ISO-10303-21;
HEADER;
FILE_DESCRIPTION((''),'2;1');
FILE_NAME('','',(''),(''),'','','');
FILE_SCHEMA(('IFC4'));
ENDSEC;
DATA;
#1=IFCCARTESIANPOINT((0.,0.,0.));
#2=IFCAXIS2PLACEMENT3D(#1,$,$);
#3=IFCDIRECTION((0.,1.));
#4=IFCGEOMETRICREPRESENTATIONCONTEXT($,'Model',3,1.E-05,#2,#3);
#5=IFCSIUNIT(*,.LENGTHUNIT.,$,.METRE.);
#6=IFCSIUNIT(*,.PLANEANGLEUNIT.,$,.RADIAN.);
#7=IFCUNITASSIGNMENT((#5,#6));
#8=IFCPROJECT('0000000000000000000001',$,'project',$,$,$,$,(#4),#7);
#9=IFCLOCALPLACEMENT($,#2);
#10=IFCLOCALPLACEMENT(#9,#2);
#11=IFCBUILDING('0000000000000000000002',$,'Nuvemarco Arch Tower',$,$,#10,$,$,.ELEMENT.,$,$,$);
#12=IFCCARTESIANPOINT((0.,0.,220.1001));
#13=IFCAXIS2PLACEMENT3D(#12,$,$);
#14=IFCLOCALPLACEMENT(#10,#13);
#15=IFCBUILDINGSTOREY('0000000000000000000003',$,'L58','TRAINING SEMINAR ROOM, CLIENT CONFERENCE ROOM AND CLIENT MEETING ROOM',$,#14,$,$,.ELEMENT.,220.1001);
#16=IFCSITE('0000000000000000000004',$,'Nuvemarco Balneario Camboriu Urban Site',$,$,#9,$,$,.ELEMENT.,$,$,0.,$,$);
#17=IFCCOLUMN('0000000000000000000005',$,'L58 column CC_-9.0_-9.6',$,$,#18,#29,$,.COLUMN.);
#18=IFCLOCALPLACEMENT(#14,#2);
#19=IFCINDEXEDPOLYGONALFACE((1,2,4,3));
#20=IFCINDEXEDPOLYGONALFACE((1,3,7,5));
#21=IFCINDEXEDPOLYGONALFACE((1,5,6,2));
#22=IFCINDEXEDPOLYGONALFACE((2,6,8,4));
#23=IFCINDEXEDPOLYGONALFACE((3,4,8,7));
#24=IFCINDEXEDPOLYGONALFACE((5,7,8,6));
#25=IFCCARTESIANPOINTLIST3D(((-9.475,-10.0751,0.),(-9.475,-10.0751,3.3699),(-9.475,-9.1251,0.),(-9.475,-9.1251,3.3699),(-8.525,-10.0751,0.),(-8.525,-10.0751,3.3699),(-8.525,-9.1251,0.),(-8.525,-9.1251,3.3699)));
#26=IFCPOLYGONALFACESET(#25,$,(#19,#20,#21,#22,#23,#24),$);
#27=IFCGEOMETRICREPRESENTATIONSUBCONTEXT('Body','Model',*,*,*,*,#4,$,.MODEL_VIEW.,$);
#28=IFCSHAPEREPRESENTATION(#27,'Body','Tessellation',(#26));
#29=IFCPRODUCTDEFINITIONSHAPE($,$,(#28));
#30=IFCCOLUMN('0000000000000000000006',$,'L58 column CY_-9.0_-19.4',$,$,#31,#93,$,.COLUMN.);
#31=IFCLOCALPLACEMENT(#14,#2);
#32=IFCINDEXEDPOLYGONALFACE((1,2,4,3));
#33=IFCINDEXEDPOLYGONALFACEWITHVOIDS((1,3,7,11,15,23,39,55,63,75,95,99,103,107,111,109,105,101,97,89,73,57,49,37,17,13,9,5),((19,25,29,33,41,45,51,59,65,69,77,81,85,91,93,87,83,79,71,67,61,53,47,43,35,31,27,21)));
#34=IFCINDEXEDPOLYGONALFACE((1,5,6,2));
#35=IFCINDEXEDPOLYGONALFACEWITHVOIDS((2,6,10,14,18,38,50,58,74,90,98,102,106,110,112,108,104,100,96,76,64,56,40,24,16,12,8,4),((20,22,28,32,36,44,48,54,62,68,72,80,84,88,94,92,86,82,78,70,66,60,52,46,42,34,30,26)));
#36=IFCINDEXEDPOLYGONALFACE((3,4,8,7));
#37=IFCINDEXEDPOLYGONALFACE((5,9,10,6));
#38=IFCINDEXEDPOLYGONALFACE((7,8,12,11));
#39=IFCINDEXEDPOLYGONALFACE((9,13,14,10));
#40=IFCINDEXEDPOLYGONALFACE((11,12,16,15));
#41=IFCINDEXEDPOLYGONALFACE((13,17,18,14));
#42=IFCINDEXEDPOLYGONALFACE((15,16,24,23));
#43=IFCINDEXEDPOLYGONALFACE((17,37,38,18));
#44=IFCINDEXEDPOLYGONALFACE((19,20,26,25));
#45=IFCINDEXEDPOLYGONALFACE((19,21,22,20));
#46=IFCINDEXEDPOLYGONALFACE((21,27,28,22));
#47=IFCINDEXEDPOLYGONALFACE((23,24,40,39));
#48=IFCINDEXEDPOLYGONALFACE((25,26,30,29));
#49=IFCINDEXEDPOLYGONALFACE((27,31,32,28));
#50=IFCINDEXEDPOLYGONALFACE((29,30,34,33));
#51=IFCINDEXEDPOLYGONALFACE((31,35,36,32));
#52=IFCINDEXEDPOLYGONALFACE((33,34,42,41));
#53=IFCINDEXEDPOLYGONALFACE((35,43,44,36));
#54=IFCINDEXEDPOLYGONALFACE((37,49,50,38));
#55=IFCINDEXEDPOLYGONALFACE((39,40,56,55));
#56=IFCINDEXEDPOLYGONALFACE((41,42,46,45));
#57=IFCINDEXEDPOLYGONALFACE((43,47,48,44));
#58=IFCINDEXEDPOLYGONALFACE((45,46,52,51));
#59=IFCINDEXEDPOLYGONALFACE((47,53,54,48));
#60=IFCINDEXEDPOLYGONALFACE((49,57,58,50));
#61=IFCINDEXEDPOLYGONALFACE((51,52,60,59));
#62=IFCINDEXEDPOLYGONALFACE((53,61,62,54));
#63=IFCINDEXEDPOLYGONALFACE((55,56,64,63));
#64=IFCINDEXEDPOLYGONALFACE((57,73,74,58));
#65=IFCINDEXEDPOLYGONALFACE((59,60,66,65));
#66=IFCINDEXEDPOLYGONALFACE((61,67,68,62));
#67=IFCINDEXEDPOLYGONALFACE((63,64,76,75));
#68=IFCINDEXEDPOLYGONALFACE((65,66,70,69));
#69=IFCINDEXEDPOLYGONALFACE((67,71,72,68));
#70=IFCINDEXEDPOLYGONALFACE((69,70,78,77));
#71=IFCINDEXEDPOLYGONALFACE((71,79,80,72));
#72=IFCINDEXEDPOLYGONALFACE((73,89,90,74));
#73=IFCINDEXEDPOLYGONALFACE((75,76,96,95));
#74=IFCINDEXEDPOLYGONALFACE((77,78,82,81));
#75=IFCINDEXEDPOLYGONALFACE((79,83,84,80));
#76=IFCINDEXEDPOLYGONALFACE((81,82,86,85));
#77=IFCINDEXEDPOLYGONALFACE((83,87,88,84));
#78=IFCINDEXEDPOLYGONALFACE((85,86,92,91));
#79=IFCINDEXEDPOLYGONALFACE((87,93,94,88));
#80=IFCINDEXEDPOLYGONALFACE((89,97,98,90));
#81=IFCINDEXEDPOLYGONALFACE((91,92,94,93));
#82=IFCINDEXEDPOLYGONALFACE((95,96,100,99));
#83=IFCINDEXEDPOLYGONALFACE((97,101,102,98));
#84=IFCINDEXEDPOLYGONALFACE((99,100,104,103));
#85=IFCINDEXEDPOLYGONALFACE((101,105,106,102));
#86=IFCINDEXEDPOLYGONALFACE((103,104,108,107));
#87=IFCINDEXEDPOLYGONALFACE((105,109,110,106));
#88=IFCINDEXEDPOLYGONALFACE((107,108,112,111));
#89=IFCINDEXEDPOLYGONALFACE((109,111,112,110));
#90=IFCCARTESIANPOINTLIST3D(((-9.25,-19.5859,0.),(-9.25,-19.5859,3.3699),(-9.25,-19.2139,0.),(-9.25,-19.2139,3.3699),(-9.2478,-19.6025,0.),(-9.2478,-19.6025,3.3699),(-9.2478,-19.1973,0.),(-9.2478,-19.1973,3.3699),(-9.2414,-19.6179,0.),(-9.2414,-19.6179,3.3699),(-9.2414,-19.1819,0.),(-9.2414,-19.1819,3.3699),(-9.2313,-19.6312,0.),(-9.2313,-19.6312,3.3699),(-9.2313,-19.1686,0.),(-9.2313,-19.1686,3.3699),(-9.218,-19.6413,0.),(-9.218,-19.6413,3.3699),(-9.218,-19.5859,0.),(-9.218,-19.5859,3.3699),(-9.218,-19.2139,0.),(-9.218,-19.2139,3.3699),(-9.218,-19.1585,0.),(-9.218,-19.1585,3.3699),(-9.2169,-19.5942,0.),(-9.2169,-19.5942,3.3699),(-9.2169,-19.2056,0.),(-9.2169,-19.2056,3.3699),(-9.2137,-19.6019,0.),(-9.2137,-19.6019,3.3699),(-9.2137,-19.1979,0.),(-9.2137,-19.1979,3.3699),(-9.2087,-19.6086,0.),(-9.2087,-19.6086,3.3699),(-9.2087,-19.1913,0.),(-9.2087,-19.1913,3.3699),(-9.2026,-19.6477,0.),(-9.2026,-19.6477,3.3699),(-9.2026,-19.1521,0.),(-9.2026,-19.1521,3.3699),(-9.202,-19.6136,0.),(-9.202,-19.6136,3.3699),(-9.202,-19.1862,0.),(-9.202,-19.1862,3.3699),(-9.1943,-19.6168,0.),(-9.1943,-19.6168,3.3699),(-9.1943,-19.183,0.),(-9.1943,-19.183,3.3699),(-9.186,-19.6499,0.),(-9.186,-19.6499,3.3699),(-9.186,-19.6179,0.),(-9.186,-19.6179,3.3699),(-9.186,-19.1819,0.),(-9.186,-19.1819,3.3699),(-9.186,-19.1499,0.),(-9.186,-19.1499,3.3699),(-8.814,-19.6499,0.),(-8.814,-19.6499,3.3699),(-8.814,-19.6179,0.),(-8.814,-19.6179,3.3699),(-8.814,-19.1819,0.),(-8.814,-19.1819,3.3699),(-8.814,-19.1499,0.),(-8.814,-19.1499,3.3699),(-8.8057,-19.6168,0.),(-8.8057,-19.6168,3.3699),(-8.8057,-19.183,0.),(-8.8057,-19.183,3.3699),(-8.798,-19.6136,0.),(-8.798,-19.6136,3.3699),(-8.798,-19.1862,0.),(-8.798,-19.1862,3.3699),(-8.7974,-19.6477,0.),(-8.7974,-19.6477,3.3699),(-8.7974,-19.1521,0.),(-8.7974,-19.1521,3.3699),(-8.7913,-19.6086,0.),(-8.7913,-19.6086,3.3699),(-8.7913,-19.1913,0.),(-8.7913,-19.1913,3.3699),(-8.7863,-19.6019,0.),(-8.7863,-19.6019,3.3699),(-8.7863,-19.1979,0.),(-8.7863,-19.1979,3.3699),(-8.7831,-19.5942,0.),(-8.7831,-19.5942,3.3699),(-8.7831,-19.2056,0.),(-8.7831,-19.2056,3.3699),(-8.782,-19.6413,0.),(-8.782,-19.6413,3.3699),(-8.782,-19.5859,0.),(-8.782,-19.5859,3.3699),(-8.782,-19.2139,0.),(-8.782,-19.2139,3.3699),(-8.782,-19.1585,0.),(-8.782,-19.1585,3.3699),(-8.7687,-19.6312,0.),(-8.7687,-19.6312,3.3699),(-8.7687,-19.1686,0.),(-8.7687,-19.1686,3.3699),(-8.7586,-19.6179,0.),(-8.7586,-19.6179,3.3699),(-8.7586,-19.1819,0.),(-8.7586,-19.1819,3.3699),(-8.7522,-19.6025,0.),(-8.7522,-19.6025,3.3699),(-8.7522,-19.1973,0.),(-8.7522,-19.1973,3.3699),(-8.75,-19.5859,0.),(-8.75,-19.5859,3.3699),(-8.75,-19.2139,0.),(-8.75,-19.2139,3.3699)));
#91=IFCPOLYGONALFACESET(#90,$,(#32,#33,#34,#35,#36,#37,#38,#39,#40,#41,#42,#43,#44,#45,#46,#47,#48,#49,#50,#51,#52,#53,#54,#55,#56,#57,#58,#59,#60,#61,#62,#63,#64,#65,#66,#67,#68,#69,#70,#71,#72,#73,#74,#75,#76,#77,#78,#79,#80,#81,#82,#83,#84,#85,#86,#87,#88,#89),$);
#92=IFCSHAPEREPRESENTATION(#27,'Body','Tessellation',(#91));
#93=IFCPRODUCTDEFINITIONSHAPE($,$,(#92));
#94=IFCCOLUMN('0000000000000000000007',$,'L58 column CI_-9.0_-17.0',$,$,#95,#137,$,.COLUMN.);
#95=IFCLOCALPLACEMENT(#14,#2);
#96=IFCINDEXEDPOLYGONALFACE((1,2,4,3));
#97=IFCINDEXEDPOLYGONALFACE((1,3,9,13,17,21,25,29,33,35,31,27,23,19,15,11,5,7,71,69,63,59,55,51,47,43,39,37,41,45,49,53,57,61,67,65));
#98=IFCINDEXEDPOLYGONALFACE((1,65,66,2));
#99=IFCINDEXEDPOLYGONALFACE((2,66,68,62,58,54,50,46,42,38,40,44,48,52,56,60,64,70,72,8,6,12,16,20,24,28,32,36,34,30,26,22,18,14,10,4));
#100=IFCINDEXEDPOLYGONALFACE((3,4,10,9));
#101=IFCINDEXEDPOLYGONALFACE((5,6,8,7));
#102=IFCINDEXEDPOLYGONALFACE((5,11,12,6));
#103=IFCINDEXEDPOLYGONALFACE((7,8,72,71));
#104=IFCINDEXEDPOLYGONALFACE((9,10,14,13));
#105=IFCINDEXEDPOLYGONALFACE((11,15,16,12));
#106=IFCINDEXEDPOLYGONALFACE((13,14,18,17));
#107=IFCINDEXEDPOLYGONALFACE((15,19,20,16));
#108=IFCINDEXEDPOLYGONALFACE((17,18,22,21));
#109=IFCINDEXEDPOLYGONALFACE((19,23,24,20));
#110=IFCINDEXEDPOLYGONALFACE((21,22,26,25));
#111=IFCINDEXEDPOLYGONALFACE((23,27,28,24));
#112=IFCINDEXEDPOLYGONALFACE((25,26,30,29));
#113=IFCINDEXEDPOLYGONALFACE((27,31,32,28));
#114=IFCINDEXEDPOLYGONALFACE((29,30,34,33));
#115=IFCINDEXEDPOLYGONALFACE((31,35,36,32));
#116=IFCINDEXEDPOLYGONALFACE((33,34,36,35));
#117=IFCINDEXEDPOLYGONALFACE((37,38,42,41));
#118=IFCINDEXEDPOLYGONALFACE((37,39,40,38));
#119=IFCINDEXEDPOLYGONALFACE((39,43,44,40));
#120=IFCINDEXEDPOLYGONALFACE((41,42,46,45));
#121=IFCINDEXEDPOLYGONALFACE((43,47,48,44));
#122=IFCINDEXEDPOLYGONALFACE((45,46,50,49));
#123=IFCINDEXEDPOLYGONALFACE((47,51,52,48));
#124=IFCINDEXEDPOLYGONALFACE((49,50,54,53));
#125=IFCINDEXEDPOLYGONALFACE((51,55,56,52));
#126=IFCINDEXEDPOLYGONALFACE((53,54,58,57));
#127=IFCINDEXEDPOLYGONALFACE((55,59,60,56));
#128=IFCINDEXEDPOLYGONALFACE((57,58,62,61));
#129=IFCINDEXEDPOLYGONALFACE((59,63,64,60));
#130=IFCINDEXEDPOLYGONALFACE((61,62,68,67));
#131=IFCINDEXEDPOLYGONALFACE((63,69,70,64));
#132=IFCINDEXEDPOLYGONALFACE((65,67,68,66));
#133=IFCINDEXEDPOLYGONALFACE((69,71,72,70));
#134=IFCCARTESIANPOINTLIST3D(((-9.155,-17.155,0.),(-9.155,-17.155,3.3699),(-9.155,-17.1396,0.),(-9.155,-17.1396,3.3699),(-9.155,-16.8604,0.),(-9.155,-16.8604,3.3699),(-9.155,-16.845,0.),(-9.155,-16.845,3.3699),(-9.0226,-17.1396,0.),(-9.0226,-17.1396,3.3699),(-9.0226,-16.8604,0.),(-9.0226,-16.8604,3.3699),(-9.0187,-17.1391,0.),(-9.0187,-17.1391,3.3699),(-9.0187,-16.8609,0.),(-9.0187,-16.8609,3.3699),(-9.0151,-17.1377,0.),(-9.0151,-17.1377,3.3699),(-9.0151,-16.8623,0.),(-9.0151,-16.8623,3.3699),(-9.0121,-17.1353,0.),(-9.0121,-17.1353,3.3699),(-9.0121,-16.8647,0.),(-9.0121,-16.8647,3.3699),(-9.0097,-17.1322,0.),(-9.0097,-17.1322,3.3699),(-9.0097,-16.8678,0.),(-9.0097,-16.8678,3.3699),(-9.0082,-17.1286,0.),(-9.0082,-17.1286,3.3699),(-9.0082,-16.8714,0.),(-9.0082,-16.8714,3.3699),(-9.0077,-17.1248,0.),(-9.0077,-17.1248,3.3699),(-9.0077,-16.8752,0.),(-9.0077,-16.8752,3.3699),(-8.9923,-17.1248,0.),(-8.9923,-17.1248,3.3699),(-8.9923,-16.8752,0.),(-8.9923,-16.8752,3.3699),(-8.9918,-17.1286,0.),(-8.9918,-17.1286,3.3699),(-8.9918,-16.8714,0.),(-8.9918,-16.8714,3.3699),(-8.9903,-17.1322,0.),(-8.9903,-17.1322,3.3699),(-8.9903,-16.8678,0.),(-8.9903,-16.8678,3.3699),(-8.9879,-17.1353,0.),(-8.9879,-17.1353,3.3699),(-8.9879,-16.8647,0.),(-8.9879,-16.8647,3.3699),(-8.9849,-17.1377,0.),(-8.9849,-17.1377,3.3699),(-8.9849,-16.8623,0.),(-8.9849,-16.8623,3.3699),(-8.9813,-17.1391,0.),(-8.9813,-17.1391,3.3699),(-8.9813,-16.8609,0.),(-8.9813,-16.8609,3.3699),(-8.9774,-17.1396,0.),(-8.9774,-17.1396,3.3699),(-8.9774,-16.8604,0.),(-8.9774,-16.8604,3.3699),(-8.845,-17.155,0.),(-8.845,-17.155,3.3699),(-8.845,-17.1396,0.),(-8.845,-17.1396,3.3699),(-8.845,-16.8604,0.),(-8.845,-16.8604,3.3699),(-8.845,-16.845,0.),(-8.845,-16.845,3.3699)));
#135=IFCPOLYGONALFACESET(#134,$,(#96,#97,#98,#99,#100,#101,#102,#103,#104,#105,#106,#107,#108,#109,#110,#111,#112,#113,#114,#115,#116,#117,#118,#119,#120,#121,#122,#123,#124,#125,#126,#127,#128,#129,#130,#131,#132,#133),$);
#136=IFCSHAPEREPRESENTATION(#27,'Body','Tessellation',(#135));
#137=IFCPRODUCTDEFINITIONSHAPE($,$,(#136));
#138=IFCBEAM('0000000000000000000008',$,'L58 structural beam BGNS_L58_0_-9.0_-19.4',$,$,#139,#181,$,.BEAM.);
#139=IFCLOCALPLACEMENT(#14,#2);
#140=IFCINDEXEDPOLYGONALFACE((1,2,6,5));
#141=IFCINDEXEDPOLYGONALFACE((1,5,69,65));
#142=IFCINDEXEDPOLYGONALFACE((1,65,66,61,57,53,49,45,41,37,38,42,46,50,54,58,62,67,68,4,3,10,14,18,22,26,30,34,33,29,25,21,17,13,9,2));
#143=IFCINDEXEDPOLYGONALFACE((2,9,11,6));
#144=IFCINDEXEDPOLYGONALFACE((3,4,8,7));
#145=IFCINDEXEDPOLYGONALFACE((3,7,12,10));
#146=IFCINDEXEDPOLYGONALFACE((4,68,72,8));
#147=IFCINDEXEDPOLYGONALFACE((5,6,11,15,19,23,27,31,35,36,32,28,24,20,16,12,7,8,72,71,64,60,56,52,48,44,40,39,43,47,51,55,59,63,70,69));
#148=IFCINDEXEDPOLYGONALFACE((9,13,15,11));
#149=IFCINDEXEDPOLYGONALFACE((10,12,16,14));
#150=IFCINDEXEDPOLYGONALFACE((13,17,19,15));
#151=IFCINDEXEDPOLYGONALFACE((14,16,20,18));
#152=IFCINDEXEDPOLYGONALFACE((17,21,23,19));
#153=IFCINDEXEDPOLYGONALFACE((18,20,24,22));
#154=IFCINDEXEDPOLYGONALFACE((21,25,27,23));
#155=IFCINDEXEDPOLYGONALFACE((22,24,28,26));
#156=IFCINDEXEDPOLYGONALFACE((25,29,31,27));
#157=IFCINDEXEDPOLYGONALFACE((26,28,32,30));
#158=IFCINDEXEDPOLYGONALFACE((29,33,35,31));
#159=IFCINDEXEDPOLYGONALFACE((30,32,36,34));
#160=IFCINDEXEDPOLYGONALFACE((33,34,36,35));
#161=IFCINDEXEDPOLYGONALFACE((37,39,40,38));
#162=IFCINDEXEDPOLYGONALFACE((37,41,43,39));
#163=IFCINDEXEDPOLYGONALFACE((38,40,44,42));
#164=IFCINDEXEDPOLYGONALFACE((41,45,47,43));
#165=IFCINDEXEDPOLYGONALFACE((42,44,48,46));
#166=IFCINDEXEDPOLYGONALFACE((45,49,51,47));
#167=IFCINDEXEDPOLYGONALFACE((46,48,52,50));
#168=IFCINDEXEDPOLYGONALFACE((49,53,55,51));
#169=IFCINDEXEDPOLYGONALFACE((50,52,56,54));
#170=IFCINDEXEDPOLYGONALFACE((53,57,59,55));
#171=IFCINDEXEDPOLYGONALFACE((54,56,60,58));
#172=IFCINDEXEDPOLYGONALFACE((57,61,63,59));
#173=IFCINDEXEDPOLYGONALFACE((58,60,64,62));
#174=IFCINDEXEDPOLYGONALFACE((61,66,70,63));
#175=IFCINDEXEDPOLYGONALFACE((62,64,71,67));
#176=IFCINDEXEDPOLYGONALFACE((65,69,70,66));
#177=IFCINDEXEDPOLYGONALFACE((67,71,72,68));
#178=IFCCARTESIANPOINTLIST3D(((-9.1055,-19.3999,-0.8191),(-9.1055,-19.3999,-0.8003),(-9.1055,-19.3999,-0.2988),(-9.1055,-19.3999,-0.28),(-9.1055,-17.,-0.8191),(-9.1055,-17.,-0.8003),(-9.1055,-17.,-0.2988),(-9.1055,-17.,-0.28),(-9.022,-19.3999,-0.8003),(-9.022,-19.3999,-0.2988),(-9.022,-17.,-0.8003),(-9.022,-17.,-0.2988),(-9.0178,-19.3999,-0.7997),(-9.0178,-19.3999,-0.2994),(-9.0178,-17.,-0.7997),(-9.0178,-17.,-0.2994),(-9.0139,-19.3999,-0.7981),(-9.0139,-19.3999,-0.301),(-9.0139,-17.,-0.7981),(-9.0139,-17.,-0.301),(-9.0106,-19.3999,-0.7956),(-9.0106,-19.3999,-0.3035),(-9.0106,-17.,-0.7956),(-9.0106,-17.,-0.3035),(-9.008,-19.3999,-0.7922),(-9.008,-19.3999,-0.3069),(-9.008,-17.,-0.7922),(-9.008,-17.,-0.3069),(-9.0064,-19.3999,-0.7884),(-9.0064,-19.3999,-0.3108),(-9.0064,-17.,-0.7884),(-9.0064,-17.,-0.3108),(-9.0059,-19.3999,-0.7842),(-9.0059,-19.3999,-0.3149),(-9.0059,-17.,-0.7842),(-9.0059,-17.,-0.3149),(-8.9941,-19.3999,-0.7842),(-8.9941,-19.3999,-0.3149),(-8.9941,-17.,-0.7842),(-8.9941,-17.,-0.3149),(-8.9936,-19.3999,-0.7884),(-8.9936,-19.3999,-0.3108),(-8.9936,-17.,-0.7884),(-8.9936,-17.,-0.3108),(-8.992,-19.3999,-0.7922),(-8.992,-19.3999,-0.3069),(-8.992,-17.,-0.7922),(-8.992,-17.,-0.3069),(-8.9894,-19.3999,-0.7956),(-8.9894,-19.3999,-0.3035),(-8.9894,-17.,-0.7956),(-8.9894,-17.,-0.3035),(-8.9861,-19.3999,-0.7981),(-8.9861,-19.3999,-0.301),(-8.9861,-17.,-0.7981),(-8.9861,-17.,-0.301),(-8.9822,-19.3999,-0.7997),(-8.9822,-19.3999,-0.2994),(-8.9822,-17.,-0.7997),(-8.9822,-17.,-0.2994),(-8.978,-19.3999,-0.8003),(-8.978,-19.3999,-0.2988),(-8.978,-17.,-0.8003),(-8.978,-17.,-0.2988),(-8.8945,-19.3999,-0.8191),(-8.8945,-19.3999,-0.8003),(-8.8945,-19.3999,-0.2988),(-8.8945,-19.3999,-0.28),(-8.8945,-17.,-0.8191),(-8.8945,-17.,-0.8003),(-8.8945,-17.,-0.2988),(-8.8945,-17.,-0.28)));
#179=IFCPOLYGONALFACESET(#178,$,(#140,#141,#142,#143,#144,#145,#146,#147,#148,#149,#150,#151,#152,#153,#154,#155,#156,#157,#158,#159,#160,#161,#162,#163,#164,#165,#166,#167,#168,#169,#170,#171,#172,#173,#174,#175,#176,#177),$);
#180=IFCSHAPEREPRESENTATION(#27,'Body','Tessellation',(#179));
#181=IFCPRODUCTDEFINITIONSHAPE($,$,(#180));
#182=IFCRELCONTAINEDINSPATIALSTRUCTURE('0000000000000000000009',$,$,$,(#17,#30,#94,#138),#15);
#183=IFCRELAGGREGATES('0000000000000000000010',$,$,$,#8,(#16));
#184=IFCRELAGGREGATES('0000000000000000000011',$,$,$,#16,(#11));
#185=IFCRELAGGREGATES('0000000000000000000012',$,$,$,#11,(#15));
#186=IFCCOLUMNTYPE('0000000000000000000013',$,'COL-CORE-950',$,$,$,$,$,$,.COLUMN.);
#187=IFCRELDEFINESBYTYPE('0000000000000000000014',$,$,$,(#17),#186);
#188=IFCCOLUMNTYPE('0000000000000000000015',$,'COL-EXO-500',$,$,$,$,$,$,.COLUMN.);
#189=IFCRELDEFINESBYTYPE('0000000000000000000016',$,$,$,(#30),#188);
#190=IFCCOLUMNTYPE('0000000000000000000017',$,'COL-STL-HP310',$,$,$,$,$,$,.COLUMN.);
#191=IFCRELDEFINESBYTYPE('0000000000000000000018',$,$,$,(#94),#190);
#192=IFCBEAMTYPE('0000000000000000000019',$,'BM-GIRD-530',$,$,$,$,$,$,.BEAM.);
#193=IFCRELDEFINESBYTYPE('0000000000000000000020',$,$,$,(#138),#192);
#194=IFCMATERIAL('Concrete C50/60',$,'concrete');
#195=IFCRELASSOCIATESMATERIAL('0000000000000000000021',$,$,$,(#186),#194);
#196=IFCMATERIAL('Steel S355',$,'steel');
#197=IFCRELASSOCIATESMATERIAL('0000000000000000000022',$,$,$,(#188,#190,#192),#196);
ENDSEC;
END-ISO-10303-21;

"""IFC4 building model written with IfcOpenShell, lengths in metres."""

from ifc_helpers import new_model, si_unit, direction, frame, origin, origin_2d, place, context, subcontext, project, spatial, rectangle, hollow_rectangle, i_section, extrude, material, material_profile, profile_set, type_object, element, save


model = new_model("IFC4")

# Units and contexts
model_context = context("Model", 3, precision=1e-05, world=origin(), true_north=direction((0.0, 1.0)))
body_context = subcontext(model_context, "Body", "Model", "MODEL_VIEW")
ifc_project = project(units=[si_unit("LENGTHUNIT", "METRE"), si_unit("PLANEANGLEUNIT", "RADIAN")], contexts=[model_context])

# Site, building, storey
site_placement = place(None, origin())
site = spatial("IfcSite", under=ifc_project, at=site_placement, Name="Nuvemarco Balneario Camboriu Urban Site", CompositionType="ELEMENT", RefElevation=0.0)
building_placement = place(site_placement, origin())
building = spatial("IfcBuilding", under=site, at=building_placement, Name="Nuvemarco Arch Tower", CompositionType="ELEMENT")
storey_placement = place(building_placement, frame((0.0, 0.0, 220.1001)))
storey = spatial("IfcBuildingStorey", under=building, at=storey_placement, Name="L58", Description="TRAINING SEMINAR ROOM, CLIENT CONFERENCE ROOM AND CLIENT MEETING ROOM", CompositionType="ELEMENT", Elevation=220.1001)

# Columns
ifc_material_1 = material(Name="Concrete C50/60", Category="concrete")
ifc_material_profile_1 = material_profile(ifc_material_1, rectangle(XDim=0.95, YDim=0.95, at=origin_2d()), Name="RC-COL-950x950")
ifc_profile_set_1 = profile_set([ifc_material_profile_1], Name="Concrete C50/60")
column_type_1 = type_object("IfcColumnType", Name="COL-CORE-950", PredefinedType="COLUMN", material=ifc_profile_set_1)
column_1_placement = place(storey_placement, frame((-9.0, -9.6001, 0.0), z_axis=(0.0, 0.0, 1.0), x_axis=(1.0, 0.0, 0.0)))
element("IfcColumn", 1, at=column_1_placement, inside=storey, type_object=column_type_1, Name="L58 column CC_-9.0_-9.6", PredefinedType="COLUMN", context=body_context, shape_type="SweptSolid", body=[
    extrude(rectangle(XDim=0.95, YDim=0.95, at=origin_2d()), origin(), (0.0, 0.0, 1.0), 3.3699),
])
ifc_material_2 = material(Name="Steel S355", Category="steel")
ifc_material_profile_2 = material_profile(ifc_material_2, hollow_rectangle(XDim=0.5, YDim=0.5, WallThickness=0.032, InnerFilletRadius=0.032, OuterFilletRadius=0.064, at=origin_2d()), Name="SHS500x500x32")
ifc_profile_set_2 = profile_set([ifc_material_profile_2], Name="Steel S355")
column_type_2 = type_object("IfcColumnType", Name="COL-EXO-500", PredefinedType="COLUMN", material=ifc_profile_set_2)
column_2_placement = place(storey_placement, frame((-9.0, -19.3999, 0.0), z_axis=(0.0, 0.0, 1.0), x_axis=(1.0, 0.0, 0.0)))
element("IfcColumn", 2, at=column_2_placement, inside=storey, type_object=column_type_2, Name="L58 column CY_-9.0_-19.4", PredefinedType="COLUMN", context=body_context, shape_type="SweptSolid", body=[
    extrude(hollow_rectangle(XDim=0.5, YDim=0.5, WallThickness=0.032, InnerFilletRadius=0.032, OuterFilletRadius=0.064, at=origin_2d()), origin(), (0.0, 0.0, 1.0), 3.3699),
])
ifc_material_profile_3 = material_profile(ifc_material_2, i_section(OverallWidth=0.3101, OverallDepth=0.3101, WebThickness=0.0154, FlangeThickness=0.0154, FilletRadius=0.0149, at=origin_2d()), Name="HP310x110")
ifc_profile_set_3 = profile_set([ifc_material_profile_3], Name="Steel S355")
column_type_3 = type_object("IfcColumnType", Name="COL-STL-HP310", PredefinedType="COLUMN", material=ifc_profile_set_3)
column_3_placement = place(storey_placement, frame((-9.0, -17.0, 0.0), z_axis=(0.0, 0.0, 1.0), x_axis=(1.0, 0.0, 0.0)))
element("IfcColumn", 3, at=column_3_placement, inside=storey, type_object=column_type_3, Name="L58 column CI_-9.0_-17.0", PredefinedType="COLUMN", context=body_context, shape_type="SweptSolid", body=[
    extrude(i_section(OverallWidth=0.3101, OverallDepth=0.3101, WebThickness=0.0154, FlangeThickness=0.0154, FilletRadius=0.0149, at=origin_2d()), origin(), (0.0, 0.0, 1.0), 3.3699),
])

# Beam
ifc_material_profile_4 = material_profile(ifc_material_2, i_section(OverallWidth=0.2109, OverallDepth=0.5391, WebThickness=0.0117, FlangeThickness=0.0188, FilletRadius=0.0161, at=origin_2d()), Name="W530x109")
ifc_profile_set_4 = profile_set([ifc_material_profile_4], Name="Steel S355")
beam_type_1 = type_object("IfcBeamType", Name="BM-GIRD-530", PredefinedType="BEAM", material=ifc_profile_set_4)
beam_1_placement = place(storey_placement, frame((-9.0, -19.3999, -0.5496), z_axis=(0.0, 1.0, 0.0), x_axis=(-1.0, 0.0, 0.0)))
element("IfcBeam", 4, at=beam_1_placement, inside=storey, type_object=beam_type_1, Name="L58 structural beam BGNS_L58_0_-9.0_-19.4", PredefinedType="BEAM", context=body_context, shape_type="SweptSolid", body=[
    extrude(i_section(OverallWidth=0.2109, OverallDepth=0.5391, WebThickness=0.0117, FlangeThickness=0.0188, FilletRadius=0.0161, at=origin_2d()), origin(), (0.0, 0.0, 1.0), 2.3999),
])

save(model, "model.ifc")
